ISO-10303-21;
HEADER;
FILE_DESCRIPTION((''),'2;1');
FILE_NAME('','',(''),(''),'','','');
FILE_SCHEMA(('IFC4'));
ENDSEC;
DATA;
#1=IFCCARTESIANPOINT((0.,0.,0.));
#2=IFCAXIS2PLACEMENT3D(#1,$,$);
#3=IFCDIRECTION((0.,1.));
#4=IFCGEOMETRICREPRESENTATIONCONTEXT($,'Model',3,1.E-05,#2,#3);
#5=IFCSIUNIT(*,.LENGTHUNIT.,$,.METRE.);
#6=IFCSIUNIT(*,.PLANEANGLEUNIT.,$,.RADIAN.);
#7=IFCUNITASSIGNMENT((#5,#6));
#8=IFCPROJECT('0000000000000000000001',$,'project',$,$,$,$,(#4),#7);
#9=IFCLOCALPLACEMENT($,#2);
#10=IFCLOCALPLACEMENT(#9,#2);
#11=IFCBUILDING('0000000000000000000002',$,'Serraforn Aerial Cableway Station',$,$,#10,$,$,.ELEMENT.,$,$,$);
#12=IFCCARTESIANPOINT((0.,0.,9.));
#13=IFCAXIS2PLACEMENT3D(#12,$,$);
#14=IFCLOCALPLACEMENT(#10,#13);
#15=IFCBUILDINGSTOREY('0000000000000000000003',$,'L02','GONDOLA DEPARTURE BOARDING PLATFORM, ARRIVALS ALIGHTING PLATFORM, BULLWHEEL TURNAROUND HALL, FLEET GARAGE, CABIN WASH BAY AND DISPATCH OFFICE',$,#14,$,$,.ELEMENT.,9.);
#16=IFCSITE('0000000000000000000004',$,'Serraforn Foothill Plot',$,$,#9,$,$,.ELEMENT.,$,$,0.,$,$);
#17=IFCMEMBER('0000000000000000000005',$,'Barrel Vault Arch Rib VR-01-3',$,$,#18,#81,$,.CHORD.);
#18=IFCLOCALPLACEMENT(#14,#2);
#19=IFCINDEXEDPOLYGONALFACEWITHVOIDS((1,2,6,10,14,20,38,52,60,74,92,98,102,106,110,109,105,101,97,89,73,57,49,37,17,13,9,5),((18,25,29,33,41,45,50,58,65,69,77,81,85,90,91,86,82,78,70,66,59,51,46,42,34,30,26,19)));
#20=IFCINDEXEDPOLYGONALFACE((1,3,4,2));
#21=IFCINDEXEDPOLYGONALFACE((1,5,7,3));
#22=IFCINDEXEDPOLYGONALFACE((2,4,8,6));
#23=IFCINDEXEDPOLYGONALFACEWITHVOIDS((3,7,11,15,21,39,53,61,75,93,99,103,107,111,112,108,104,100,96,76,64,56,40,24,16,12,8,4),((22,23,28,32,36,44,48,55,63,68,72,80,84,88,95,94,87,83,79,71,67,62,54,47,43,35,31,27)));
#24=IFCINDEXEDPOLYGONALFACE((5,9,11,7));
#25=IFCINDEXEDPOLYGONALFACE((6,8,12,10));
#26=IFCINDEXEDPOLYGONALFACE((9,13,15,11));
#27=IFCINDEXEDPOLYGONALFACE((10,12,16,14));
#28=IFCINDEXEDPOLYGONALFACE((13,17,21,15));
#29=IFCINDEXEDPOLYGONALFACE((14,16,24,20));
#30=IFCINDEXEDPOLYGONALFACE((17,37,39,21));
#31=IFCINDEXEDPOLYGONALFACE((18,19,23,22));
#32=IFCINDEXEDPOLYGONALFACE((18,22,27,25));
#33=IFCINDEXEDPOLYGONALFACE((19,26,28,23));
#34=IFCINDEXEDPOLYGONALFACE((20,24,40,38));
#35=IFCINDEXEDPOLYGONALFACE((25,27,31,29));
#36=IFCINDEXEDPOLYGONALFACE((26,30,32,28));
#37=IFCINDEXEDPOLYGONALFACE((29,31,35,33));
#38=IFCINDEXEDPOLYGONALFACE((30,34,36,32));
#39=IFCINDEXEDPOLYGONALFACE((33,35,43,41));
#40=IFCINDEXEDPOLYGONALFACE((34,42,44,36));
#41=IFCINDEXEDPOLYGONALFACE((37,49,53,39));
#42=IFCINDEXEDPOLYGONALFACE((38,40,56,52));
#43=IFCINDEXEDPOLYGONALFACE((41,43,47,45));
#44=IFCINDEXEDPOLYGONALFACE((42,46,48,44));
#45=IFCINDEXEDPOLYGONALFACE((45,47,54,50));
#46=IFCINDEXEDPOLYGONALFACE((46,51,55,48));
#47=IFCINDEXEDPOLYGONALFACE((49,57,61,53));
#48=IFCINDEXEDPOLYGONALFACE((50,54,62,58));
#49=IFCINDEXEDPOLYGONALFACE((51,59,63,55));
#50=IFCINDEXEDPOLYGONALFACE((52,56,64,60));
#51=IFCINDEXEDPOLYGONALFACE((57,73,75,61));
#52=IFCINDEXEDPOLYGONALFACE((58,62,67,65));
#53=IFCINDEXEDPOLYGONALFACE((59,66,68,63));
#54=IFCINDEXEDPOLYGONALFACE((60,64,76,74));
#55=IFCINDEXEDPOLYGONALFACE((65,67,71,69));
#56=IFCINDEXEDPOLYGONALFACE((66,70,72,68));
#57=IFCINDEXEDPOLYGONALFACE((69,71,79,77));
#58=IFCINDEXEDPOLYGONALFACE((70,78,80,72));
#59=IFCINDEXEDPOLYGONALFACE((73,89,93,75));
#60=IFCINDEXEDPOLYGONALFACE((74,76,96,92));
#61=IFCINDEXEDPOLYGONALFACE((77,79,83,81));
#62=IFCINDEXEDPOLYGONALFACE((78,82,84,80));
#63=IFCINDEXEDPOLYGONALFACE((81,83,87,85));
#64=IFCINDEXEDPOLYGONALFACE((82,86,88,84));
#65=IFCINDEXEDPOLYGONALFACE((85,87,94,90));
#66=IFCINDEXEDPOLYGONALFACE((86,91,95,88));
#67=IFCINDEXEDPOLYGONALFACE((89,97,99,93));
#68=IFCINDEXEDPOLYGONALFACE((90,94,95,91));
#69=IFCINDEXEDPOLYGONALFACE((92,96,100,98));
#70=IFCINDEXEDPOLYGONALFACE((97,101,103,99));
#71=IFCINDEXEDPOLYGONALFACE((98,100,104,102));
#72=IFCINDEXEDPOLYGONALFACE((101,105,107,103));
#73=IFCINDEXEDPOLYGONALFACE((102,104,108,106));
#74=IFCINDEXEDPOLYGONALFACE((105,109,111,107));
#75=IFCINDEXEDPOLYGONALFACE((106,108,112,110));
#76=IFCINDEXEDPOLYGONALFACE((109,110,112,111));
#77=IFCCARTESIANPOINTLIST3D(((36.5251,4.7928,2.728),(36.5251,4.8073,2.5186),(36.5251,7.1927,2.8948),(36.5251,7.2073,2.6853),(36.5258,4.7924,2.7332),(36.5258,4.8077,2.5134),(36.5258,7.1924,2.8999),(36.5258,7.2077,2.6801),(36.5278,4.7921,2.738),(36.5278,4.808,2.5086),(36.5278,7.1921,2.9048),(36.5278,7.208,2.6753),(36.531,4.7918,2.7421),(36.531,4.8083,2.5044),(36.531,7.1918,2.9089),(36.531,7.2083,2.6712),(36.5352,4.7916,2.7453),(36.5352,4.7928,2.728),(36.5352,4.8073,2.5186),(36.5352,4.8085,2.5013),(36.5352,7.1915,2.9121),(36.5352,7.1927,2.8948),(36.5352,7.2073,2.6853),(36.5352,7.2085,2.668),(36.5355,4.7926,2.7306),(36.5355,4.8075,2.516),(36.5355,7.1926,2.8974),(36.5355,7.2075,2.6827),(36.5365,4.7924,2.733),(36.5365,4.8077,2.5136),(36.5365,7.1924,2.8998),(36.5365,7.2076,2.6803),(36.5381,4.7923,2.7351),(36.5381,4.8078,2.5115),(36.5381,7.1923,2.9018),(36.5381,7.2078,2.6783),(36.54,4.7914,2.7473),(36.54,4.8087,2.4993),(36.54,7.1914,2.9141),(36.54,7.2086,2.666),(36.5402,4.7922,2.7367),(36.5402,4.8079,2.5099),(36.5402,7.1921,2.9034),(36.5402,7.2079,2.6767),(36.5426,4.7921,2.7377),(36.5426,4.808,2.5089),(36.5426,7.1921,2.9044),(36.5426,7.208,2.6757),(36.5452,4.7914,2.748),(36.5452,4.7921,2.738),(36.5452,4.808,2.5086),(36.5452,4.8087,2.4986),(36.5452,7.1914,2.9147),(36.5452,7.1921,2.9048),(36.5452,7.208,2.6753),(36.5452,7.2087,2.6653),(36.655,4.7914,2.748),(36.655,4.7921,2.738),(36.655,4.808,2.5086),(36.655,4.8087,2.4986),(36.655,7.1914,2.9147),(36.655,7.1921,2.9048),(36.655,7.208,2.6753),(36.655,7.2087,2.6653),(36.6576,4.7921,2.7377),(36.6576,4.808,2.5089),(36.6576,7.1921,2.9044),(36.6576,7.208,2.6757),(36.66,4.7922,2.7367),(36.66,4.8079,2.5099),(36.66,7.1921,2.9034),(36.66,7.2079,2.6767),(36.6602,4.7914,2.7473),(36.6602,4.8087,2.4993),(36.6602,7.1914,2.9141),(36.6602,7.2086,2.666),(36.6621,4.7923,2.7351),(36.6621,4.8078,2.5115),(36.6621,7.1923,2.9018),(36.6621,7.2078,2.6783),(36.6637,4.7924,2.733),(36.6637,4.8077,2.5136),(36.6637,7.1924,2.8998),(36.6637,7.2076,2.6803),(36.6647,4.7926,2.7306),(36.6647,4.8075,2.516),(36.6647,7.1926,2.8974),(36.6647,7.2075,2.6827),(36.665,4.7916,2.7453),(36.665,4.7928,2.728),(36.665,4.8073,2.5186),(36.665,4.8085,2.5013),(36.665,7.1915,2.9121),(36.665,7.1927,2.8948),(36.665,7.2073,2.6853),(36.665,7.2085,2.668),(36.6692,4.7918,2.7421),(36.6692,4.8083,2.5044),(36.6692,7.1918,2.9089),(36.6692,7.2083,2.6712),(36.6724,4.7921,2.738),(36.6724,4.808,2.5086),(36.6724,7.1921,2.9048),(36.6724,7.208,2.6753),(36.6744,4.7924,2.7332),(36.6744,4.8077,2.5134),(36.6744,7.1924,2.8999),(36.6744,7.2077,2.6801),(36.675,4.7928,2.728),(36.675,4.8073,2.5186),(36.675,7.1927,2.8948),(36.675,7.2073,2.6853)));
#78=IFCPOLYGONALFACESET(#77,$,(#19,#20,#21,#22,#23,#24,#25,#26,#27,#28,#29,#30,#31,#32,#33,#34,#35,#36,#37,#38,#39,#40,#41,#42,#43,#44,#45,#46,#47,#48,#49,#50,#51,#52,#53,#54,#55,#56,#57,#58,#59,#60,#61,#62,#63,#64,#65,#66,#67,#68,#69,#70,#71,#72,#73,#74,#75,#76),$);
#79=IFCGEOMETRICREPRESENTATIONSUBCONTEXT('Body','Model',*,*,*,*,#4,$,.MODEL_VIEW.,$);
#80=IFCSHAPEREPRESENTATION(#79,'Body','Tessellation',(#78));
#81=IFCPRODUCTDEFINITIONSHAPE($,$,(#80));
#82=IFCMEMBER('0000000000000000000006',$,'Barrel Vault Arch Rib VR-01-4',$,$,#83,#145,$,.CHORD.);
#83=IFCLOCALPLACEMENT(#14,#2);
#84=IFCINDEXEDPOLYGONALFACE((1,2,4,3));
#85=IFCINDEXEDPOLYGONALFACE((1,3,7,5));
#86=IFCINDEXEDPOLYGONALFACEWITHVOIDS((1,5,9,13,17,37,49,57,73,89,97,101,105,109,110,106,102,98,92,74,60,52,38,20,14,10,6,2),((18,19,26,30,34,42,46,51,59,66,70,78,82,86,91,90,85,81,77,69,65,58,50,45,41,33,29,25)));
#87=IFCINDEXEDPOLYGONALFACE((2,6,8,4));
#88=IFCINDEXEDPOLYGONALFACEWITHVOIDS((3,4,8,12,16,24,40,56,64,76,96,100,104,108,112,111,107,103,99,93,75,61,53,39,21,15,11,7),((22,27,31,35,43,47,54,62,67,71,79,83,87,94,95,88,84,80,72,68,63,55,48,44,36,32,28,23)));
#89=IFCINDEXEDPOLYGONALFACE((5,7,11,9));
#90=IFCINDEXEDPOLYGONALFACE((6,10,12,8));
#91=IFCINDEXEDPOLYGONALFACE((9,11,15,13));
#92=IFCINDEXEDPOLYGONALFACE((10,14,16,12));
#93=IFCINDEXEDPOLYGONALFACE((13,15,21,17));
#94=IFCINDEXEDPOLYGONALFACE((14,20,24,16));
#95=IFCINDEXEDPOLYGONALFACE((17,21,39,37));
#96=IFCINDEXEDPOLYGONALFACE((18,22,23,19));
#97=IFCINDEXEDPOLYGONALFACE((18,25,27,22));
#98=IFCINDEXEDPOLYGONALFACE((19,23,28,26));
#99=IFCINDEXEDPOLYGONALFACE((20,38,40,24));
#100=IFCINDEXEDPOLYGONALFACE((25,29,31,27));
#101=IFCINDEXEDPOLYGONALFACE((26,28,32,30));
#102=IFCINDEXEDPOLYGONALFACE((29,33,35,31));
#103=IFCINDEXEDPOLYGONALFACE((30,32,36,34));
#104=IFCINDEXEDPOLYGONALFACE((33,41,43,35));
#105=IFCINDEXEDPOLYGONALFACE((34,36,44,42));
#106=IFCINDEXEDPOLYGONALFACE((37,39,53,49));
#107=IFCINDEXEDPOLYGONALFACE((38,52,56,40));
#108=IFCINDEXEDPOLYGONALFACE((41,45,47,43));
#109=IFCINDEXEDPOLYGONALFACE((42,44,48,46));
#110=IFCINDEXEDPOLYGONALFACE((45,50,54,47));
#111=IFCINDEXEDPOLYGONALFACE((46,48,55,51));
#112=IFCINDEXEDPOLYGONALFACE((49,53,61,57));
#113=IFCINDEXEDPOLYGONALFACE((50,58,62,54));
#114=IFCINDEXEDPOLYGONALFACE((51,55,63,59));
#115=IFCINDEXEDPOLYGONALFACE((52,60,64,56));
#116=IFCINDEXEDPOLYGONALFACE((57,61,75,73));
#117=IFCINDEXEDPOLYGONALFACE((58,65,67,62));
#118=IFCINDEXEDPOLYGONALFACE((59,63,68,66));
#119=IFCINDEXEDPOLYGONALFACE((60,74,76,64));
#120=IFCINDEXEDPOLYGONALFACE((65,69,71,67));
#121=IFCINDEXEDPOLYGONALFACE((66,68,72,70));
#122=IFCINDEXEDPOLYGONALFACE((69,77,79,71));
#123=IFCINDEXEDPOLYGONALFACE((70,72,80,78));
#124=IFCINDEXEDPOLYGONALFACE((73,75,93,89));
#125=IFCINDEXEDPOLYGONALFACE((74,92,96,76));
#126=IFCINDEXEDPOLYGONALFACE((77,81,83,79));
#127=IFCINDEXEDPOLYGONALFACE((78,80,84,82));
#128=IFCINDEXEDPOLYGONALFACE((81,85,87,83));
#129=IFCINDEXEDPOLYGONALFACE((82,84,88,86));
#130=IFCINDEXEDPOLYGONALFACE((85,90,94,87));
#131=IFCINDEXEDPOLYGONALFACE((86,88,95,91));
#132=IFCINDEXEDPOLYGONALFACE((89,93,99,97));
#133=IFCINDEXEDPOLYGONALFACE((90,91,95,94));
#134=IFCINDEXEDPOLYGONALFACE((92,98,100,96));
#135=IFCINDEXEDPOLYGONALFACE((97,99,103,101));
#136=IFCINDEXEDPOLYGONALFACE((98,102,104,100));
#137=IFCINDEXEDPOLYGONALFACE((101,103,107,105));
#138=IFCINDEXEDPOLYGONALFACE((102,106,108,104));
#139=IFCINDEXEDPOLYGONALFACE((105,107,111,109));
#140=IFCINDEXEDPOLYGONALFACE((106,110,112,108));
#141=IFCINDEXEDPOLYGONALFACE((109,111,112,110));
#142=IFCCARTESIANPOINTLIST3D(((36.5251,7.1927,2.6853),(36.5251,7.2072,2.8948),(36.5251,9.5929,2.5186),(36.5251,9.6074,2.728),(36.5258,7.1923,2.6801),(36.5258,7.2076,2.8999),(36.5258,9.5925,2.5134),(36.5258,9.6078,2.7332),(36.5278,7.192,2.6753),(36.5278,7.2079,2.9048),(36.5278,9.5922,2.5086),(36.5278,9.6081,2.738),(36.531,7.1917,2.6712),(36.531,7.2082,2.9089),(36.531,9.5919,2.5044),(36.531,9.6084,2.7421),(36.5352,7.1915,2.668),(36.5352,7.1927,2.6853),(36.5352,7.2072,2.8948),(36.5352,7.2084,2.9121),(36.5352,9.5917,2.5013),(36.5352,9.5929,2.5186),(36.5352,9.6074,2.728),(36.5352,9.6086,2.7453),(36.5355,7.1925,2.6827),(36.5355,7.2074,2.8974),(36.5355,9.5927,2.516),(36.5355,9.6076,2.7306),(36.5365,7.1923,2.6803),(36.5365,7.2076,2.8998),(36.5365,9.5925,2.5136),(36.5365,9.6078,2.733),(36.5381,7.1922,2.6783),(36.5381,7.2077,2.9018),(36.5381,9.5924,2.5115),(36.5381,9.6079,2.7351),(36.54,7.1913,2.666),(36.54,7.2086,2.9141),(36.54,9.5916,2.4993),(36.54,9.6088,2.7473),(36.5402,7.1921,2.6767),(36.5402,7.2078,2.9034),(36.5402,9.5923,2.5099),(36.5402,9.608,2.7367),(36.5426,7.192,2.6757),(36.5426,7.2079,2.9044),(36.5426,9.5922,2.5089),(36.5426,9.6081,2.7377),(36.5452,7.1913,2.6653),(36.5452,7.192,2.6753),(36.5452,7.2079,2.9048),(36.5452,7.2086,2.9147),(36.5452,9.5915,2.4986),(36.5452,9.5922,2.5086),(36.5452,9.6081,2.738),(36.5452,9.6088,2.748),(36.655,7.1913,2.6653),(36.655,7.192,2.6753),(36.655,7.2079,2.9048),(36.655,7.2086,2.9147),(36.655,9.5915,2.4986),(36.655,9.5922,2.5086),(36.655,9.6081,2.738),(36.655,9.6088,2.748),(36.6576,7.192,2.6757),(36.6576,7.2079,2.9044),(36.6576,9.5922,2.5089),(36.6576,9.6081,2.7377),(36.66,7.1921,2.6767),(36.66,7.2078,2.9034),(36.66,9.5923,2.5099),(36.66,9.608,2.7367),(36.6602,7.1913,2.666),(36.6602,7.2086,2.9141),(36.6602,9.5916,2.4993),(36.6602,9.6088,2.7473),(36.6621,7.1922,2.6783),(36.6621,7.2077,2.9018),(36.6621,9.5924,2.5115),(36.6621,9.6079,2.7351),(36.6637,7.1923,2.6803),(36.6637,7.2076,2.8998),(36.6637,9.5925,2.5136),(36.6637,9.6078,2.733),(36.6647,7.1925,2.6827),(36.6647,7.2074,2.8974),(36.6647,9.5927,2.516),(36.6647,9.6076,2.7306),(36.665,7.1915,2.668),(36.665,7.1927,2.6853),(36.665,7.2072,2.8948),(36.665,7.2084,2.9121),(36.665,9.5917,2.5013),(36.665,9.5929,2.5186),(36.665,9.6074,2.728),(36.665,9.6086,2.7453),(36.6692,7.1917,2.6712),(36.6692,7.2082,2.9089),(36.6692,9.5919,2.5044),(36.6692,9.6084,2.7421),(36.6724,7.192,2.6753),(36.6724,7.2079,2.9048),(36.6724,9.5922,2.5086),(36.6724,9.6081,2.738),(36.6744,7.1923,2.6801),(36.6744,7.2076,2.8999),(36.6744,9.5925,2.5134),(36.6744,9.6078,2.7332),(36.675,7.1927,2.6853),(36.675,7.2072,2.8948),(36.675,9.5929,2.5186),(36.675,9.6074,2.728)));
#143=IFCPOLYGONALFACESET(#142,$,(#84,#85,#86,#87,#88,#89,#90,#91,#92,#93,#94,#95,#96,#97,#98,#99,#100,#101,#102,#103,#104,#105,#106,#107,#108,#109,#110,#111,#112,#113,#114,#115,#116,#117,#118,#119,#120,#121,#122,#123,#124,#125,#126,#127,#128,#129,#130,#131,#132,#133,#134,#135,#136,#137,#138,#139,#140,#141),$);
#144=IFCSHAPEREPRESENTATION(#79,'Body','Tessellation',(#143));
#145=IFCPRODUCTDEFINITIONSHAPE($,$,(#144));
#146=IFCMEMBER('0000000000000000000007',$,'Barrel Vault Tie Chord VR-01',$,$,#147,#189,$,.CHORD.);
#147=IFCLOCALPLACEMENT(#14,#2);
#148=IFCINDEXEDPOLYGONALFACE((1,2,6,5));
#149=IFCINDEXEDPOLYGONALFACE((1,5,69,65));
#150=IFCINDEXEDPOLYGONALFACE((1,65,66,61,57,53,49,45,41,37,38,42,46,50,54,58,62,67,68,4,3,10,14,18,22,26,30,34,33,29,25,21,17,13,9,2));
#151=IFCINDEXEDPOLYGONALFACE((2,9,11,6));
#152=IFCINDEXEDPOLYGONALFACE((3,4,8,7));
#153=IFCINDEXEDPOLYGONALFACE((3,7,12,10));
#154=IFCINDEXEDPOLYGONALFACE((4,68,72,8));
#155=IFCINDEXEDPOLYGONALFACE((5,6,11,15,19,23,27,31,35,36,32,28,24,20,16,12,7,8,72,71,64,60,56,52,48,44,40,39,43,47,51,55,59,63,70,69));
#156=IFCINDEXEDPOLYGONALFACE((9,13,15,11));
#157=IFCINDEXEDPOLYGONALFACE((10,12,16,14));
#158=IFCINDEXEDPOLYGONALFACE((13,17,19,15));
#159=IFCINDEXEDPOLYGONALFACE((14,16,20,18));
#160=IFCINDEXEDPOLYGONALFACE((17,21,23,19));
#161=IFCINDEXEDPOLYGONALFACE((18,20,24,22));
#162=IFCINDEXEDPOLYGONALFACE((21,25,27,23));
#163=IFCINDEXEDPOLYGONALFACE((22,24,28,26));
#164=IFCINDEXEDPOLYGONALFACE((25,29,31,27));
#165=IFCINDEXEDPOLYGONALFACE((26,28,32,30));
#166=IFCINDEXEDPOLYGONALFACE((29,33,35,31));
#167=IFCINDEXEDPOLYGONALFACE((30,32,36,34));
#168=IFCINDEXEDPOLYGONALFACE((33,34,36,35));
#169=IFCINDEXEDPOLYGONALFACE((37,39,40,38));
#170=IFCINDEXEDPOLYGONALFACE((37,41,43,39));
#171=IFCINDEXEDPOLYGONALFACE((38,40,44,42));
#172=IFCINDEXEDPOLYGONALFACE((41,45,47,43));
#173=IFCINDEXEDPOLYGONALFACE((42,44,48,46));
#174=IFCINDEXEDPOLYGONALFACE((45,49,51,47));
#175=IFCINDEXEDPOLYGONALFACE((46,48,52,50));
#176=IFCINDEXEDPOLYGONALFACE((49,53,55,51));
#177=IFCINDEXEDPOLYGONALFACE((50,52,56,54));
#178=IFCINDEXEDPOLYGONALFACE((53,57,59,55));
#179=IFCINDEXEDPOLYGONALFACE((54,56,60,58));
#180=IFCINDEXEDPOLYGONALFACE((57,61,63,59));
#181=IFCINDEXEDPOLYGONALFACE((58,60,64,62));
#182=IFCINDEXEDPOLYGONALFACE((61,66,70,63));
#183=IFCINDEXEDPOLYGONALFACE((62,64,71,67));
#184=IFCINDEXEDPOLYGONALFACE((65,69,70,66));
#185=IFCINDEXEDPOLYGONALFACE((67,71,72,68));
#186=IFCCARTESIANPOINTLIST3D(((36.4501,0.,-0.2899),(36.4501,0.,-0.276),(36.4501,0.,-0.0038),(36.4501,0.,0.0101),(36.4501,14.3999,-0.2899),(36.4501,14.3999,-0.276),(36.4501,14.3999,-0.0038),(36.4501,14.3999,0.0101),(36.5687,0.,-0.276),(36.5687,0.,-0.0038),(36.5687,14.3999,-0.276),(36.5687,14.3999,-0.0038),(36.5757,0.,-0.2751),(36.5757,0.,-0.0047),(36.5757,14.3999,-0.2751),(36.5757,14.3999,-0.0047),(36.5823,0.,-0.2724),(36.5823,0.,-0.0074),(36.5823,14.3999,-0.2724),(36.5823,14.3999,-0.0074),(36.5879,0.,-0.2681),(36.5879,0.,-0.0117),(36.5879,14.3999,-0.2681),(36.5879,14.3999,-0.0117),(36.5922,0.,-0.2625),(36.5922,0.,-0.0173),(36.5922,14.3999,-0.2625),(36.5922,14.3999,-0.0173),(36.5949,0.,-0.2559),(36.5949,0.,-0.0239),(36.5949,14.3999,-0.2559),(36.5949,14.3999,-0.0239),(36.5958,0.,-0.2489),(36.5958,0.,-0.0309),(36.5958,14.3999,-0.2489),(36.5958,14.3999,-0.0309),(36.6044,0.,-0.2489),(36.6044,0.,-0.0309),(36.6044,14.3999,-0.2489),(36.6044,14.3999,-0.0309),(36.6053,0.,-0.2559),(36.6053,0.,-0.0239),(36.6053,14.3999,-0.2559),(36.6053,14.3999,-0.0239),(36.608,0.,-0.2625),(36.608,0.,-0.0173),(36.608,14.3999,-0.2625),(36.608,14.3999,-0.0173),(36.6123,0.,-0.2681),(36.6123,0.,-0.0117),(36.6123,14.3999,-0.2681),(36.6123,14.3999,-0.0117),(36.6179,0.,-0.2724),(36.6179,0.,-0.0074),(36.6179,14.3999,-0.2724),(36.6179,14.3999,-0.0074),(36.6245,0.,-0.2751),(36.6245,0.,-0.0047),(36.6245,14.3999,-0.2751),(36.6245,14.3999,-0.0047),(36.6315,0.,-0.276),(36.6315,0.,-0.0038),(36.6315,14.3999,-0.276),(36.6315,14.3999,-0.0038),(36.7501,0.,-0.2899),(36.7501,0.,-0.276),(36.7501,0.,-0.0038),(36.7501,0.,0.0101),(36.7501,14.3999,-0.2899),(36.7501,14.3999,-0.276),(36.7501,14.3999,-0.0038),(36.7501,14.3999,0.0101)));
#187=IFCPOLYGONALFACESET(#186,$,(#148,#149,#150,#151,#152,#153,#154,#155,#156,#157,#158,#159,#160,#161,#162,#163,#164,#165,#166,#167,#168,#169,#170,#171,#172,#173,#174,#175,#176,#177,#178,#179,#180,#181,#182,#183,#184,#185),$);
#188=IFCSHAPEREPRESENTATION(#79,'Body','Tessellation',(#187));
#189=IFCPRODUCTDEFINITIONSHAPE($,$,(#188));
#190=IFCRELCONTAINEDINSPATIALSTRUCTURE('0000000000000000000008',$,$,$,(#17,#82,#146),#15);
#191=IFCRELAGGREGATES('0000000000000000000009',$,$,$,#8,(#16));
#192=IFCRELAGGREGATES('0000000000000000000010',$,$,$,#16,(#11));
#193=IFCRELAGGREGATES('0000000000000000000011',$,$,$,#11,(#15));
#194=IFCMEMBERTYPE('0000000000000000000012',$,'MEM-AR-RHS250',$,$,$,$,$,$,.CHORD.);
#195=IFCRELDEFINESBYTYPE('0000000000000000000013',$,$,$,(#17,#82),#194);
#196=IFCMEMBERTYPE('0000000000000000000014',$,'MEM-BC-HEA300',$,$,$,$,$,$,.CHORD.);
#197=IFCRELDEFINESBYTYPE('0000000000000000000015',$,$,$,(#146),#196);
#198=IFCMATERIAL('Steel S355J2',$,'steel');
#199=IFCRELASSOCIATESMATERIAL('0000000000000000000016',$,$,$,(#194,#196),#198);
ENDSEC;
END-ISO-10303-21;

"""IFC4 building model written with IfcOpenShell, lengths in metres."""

from ifc_helpers import new_model, si_unit, direction, frame, origin, origin_2d, place, context, subcontext, project, spatial, hollow_rectangle, i_section, extrude, material, material_profile, profile_set, type_object, element, save


model = new_model("IFC4")

# Units and contexts
model_context = context("Model", 3, precision=1e-05, world=origin(), true_north=direction((0.0, 1.0)))
body_context = subcontext(model_context, "Body", "Model", "MODEL_VIEW")
ifc_project = project(units=[si_unit("LENGTHUNIT", "METRE"), si_unit("PLANEANGLEUNIT", "RADIAN")], contexts=[model_context])

# Site, building, storey
site_placement = place(None, origin())
site = spatial("IfcSite", under=ifc_project, at=site_placement, Name="Serraforn Foothill Plot", CompositionType="ELEMENT", RefElevation=0.0)
building_placement = place(site_placement, origin())
building = spatial("IfcBuilding", under=site, at=building_placement, Name="Serraforn Aerial Cableway Station", CompositionType="ELEMENT")
storey_placement = place(building_placement, frame((0.0, 0.0, 9.0)))
storey = spatial("IfcBuildingStorey", under=building, at=storey_placement, Name="L02", Description="GONDOLA DEPARTURE BOARDING PLATFORM, ARRIVALS ALIGHTING PLATFORM, BULLWHEEL TURNAROUND HALL, FLEET GARAGE, CABIN WASH BAY AND DISPATCH OFFICE", CompositionType="ELEMENT", Elevation=9.0)

# Members
ifc_material_1 = material(Name="Steel S355J2", Category="steel")
ifc_material_profile_1 = material_profile(ifc_material_1, hollow_rectangle(XDim=0.1499, YDim=0.25, WallThickness=0.01, InnerFilletRadius=0.01, OuterFilletRadius=0.02, at=origin_2d()), Name="RHS 250x150x10.0")
ifc_profile_set_1 = profile_set([ifc_material_profile_1], Name="Steel S355J2")
member_type_1 = type_object("IfcMemberType", Name="MEM-AR-RHS250", PredefinedType="CHORD", material=ifc_profile_set_1)
member_1_placement = place(storey_placement, frame((36.6001, 4.8, 2.6233), z_axis=(0.0, 0.997595, 0.069314), x_axis=(-1.0, 0.0, 0.0)))
element("IfcMember", 1, at=member_1_placement, inside=storey, type_object=member_type_1, Name="Barrel Vault Arch Rib VR-01-3", PredefinedType="CHORD", context=body_context, shape_type="SweptSolid", body=[
    extrude(hollow_rectangle(XDim=0.1499, YDim=0.25, WallThickness=0.01, InnerFilletRadius=0.01, OuterFilletRadius=0.02, at=origin_2d()), origin(), (0.0, 0.0, 1.0), 2.4058),
])
member_2_placement = place(storey_placement, frame((36.6001, 7.2, 2.79), z_axis=(0.0, 0.997595, -0.069307), x_axis=(-1.0, 0.0, 0.0)))
element("IfcMember", 2, at=member_2_placement, inside=storey, type_object=member_type_1, Name="Barrel Vault Arch Rib VR-01-4", PredefinedType="CHORD", context=body_context, shape_type="SweptSolid", body=[
    extrude(hollow_rectangle(XDim=0.1499, YDim=0.25, WallThickness=0.01, InnerFilletRadius=0.01, OuterFilletRadius=0.02, at=origin_2d()), origin(), (0.0, 0.0, 1.0), 2.406),
])
ifc_material_profile_2 = material_profile(ifc_material_1, i_section(OverallWidth=0.3, OverallDepth=0.3, WebThickness=0.0085, FlangeThickness=0.0139, FilletRadius=0.0271, at=origin_2d()), Name="HEA 300")
ifc_profile_set_2 = profile_set([ifc_material_profile_2], Name="Steel S355J2")
member_type_2 = type_object("IfcMemberType", Name="MEM-BC-HEA300", PredefinedType="CHORD", material=ifc_profile_set_2)
member_3_placement = place(storey_placement, frame((36.6001, 0.0, -0.1399), z_axis=(0.0, 1.0, 0.0), x_axis=(-1.0, 0.0, 0.0)))
element("IfcMember", 3, at=member_3_placement, inside=storey, type_object=member_type_2, Name="Barrel Vault Tie Chord VR-01", PredefinedType="CHORD", context=body_context, shape_type="SweptSolid", body=[
    extrude(i_section(OverallWidth=0.3, OverallDepth=0.3, WebThickness=0.0085, FlangeThickness=0.0139, FilletRadius=0.0271, at=origin_2d()), origin(), (0.0, 0.0, 1.0), 14.3999),
])

save(model, "model.ifc")
